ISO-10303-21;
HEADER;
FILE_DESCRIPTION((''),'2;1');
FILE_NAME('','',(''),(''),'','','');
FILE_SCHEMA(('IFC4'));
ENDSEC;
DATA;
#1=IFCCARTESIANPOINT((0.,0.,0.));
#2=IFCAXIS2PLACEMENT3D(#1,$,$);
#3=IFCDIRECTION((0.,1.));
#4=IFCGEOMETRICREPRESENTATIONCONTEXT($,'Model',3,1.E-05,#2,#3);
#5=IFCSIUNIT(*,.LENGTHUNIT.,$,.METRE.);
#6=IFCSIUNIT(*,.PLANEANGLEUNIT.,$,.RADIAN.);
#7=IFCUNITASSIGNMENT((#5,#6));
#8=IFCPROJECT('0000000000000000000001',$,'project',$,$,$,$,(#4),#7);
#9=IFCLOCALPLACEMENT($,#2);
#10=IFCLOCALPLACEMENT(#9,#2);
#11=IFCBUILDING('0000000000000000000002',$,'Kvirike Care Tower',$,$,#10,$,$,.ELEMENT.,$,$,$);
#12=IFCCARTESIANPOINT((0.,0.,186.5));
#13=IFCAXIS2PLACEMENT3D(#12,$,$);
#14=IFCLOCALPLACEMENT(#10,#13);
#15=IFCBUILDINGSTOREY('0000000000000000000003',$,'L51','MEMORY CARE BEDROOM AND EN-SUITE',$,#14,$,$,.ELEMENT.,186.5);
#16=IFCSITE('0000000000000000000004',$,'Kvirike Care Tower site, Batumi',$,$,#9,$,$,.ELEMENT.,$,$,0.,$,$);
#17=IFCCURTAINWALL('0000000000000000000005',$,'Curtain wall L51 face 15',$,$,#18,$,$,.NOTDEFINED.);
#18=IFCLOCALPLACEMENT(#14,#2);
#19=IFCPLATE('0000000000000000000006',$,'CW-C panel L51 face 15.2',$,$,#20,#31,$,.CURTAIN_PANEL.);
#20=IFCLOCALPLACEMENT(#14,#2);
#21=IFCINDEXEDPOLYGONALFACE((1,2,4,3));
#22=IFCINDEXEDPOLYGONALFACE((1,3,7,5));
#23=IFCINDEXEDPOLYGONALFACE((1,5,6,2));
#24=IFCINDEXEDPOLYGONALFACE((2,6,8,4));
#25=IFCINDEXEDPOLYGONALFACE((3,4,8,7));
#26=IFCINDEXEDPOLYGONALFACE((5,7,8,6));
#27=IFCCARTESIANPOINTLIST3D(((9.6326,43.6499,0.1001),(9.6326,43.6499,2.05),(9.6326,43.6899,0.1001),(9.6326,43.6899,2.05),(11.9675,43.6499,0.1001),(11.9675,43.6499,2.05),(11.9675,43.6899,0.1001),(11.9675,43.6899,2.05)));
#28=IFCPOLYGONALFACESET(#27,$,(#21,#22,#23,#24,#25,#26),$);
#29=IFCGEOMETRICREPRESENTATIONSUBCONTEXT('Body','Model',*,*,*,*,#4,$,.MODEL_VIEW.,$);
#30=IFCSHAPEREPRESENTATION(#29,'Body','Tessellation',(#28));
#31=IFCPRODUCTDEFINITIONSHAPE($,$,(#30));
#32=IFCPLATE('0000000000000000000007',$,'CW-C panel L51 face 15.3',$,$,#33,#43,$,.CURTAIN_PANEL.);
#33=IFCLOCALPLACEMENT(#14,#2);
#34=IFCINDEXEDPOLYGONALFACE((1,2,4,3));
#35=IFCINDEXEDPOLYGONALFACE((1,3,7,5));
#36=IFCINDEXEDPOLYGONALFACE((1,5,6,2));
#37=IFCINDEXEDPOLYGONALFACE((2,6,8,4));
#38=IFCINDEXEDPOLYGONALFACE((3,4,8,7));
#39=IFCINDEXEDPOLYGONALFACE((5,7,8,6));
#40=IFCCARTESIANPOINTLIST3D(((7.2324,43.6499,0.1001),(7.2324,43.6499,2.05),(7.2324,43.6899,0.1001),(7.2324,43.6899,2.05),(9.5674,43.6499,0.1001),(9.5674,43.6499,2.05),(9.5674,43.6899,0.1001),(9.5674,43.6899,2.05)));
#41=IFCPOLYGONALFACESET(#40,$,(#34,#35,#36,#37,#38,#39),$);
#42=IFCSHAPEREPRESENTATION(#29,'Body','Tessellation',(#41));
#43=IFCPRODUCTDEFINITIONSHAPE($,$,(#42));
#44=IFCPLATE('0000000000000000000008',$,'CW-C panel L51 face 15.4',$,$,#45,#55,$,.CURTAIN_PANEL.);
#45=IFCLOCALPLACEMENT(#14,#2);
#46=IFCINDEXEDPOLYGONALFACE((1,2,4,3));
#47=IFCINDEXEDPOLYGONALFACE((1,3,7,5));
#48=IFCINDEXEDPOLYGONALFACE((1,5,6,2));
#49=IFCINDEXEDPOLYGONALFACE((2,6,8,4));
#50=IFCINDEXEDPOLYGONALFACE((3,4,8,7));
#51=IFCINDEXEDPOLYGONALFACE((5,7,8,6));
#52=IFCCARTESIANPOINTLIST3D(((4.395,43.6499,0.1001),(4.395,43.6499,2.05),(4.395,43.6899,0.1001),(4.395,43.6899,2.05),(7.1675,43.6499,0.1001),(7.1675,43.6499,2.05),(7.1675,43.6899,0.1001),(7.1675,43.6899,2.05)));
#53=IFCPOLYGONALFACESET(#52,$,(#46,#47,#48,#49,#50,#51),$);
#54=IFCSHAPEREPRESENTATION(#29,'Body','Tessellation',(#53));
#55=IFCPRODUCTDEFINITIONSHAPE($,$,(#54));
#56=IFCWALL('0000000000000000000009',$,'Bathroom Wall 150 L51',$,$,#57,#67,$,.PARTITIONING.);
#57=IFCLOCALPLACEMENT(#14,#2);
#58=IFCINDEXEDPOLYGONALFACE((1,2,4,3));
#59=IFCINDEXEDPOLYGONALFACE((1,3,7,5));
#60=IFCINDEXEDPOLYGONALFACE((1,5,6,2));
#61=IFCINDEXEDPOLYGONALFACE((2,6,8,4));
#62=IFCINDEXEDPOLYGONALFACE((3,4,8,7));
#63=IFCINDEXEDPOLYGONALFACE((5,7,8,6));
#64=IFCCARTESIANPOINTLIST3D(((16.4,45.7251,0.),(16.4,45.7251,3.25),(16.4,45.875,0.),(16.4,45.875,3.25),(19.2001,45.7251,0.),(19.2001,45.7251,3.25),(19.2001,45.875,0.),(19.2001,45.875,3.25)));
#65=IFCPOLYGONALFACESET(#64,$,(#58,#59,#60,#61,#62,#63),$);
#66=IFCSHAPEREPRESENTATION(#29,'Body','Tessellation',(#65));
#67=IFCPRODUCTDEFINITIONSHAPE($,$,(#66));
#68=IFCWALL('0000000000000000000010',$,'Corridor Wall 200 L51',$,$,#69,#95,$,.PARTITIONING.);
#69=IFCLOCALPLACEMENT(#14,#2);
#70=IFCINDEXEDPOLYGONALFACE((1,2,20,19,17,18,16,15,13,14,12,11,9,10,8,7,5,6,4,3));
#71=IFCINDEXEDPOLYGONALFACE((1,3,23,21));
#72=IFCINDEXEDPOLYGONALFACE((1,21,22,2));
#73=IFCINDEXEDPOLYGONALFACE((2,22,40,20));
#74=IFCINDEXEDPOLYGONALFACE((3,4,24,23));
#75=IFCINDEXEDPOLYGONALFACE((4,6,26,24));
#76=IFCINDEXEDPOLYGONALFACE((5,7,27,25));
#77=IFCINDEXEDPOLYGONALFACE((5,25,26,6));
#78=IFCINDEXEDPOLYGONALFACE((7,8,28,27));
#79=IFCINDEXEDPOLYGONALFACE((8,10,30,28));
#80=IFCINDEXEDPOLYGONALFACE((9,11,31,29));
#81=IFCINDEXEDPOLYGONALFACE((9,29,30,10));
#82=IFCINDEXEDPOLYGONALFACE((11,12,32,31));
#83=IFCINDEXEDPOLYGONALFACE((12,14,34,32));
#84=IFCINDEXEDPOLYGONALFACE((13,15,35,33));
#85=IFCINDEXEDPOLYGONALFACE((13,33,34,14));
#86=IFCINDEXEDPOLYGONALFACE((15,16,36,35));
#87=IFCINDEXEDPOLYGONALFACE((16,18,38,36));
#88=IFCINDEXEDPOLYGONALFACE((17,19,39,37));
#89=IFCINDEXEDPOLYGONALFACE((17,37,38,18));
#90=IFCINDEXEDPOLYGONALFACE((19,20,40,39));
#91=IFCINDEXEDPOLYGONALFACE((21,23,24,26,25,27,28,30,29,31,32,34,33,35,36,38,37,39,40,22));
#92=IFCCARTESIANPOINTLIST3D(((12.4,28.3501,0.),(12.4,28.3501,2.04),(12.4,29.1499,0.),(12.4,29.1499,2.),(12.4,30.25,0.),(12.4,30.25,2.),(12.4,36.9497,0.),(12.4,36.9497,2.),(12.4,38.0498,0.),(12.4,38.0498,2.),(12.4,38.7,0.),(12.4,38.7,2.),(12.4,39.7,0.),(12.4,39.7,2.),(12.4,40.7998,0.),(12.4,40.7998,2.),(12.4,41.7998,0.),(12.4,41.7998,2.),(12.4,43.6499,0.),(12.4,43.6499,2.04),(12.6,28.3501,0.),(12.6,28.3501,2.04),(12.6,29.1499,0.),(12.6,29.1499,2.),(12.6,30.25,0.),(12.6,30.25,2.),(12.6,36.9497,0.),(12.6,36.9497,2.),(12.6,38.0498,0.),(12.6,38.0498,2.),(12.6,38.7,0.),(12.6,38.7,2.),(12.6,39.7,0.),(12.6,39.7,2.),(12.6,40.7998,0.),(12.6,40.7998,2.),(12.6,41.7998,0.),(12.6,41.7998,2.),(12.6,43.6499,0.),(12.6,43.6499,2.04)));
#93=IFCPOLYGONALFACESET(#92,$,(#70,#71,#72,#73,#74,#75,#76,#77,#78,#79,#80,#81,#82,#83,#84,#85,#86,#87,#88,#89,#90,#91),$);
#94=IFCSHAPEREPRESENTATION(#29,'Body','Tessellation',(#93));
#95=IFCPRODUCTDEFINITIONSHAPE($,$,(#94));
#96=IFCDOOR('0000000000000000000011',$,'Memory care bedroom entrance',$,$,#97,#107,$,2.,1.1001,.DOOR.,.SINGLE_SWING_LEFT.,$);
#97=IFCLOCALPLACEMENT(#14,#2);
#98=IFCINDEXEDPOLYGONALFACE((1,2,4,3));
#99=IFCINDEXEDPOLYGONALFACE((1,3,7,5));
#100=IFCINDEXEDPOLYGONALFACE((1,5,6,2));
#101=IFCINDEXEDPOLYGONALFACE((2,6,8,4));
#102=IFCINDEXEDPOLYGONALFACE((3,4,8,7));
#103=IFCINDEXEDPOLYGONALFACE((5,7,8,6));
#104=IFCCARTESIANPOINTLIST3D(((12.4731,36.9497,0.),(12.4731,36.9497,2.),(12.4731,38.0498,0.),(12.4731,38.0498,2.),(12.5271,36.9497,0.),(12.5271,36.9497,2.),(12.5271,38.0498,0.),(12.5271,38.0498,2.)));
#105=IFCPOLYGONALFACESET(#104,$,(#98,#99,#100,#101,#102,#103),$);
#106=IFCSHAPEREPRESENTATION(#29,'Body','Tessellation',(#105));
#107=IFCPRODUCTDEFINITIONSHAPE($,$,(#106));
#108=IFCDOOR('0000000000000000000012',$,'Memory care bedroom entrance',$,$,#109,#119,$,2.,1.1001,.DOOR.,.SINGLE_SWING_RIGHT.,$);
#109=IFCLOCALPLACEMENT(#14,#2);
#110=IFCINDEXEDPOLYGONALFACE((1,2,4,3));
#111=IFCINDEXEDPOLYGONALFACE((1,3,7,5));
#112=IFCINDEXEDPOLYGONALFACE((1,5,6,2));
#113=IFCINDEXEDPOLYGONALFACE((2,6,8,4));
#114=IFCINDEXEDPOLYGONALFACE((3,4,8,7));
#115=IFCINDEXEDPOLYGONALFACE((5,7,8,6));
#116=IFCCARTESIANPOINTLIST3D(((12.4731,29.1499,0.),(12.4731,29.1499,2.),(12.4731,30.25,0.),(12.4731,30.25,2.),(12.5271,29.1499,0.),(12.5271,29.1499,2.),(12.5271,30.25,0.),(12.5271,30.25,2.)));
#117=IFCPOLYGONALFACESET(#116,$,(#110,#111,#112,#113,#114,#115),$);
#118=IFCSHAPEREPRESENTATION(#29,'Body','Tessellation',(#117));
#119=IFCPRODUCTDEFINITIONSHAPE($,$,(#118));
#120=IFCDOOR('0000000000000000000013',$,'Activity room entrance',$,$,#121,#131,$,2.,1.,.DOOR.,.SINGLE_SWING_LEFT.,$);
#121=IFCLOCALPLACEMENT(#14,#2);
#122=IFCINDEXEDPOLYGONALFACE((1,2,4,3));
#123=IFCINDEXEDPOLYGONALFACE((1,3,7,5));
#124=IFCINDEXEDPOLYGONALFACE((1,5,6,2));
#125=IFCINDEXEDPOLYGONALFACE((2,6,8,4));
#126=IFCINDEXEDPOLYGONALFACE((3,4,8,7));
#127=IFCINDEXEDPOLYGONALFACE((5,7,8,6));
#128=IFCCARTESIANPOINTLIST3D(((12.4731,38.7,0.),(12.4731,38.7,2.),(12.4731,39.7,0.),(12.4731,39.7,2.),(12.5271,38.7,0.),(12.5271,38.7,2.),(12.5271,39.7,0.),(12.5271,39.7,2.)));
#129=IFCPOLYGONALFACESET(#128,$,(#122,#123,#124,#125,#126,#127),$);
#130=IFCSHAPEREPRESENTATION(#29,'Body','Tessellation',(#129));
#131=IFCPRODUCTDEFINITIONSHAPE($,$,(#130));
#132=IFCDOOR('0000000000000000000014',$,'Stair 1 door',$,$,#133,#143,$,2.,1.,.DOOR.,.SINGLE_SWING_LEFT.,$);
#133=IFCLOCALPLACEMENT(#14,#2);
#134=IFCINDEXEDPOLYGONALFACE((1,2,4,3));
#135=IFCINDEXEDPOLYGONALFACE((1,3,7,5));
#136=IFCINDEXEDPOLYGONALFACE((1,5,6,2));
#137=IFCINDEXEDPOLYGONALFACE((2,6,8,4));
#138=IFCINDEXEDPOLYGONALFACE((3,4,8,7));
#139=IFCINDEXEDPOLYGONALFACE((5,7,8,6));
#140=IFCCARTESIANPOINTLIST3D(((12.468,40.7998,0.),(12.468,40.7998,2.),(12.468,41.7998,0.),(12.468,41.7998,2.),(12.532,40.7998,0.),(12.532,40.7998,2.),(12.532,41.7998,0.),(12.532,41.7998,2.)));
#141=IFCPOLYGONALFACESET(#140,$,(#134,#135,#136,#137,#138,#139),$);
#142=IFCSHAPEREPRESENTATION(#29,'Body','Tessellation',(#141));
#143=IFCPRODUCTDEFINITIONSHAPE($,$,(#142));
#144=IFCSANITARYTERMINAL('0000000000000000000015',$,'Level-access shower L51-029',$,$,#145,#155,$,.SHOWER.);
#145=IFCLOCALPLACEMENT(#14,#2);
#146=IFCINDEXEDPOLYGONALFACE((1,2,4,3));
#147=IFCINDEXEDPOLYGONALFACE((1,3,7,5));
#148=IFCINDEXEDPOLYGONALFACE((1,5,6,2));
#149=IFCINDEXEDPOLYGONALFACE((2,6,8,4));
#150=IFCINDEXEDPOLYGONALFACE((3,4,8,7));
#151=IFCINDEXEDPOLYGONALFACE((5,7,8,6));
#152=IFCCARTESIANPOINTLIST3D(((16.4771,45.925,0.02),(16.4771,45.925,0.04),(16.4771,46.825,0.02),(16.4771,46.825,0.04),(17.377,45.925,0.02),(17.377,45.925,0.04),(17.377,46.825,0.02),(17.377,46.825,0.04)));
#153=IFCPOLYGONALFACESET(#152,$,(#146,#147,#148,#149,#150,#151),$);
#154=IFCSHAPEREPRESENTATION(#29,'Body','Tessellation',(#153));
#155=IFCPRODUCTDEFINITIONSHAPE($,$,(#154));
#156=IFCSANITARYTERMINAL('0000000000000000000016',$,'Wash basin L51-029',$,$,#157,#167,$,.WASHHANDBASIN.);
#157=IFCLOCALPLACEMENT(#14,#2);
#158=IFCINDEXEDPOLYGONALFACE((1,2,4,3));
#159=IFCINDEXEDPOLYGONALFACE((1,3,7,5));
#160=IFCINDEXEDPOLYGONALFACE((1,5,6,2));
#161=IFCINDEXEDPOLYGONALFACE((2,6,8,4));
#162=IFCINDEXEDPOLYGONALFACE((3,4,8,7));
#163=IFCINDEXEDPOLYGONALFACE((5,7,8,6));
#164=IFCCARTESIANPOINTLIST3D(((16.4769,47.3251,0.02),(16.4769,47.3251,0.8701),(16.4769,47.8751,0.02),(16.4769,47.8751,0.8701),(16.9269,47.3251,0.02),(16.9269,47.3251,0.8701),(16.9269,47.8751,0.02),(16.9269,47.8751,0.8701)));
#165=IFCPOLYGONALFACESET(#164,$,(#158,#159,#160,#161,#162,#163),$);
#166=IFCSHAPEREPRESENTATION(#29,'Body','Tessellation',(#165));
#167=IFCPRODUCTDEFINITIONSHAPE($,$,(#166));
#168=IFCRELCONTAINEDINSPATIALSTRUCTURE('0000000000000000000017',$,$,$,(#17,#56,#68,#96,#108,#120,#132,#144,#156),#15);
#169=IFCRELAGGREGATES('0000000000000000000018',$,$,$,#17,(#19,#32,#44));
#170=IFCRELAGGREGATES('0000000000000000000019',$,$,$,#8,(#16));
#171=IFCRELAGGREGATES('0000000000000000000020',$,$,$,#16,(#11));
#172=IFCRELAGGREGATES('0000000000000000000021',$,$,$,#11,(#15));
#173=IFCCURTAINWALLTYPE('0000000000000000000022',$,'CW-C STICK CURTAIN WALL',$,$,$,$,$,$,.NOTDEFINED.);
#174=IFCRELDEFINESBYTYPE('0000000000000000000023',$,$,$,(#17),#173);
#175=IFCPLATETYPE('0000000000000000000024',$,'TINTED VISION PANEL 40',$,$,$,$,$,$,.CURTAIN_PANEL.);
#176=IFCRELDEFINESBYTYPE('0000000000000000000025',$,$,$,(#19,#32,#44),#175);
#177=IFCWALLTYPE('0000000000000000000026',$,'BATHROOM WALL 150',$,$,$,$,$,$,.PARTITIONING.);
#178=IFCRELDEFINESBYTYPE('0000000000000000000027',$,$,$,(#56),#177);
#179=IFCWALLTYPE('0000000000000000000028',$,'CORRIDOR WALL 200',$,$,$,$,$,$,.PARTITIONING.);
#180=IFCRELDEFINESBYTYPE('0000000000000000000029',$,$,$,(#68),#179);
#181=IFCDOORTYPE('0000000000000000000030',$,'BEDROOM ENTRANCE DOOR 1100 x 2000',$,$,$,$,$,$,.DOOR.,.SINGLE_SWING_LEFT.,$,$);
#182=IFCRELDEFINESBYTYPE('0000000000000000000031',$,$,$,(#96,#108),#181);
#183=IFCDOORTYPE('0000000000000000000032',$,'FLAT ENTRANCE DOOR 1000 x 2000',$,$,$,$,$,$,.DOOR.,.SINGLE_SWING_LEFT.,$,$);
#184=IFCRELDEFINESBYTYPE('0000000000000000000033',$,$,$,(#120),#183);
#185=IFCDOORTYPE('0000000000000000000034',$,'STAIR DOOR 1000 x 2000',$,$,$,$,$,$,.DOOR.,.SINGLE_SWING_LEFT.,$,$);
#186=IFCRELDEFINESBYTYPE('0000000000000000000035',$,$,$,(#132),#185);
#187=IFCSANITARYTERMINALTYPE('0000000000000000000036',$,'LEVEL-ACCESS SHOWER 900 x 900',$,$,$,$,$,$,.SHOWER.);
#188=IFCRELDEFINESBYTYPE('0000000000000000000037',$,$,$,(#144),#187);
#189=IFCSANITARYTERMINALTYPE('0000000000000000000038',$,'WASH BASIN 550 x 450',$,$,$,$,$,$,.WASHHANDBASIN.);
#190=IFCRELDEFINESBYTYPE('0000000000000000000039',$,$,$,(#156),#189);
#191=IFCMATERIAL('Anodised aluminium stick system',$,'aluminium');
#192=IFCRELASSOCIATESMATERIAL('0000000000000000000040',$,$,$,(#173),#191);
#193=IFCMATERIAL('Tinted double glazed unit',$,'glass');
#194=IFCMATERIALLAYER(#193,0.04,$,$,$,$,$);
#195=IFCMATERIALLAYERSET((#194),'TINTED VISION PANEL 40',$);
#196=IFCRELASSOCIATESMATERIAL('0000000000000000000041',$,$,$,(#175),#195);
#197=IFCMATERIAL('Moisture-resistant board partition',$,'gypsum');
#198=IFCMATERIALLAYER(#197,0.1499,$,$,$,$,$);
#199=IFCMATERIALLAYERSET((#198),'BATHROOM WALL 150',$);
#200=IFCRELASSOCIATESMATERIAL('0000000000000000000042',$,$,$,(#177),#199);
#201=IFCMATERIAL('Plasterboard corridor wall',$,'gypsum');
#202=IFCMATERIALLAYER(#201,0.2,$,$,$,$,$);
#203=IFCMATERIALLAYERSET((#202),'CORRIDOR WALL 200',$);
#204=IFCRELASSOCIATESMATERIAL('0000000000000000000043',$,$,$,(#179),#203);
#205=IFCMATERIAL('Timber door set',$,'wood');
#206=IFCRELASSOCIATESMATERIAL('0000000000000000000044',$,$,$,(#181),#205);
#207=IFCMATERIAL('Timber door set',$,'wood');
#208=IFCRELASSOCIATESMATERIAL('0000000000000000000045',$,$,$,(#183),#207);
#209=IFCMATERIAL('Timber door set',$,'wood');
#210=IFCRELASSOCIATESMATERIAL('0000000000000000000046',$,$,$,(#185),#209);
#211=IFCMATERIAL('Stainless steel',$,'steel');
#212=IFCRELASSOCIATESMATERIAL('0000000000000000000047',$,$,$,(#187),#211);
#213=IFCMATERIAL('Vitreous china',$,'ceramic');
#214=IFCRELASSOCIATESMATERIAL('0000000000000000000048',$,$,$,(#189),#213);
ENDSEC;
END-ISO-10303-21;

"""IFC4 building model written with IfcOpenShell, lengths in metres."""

from ifc_helpers import new_model, si_unit, direction, frame, frame_2d, origin, origin_2d, place, context, subcontext, project, spatial, rectangle, extrude, material, layer, layer_set, type_object, element, fill, aggregate, save


model = new_model("IFC4")

# Units and contexts
model_context = context("Model", 3, precision=1e-05, world=origin(), true_north=direction((0.0, 1.0)))
body_context = subcontext(model_context, "Body", "Model", "MODEL_VIEW")
ifc_project = project(units=[si_unit("LENGTHUNIT", "METRE"), si_unit("PLANEANGLEUNIT", "RADIAN")], contexts=[model_context])

# Site, building, storey
site_placement = place(None, origin())
site = spatial("IfcSite", under=ifc_project, at=site_placement, Name="Kvirike Care Tower site, Batumi", CompositionType="ELEMENT", RefElevation=0.0)
building_placement = place(site_placement, origin())
building = spatial("IfcBuilding", under=site, at=building_placement, Name="Kvirike Care Tower", CompositionType="ELEMENT")
storey_placement = place(building_placement, frame((0.0, 0.0, 186.5)))
storey = spatial("IfcBuildingStorey", under=building, at=storey_placement, Name="L51", Description="MEMORY CARE BEDROOM AND EN-SUITE", CompositionType="ELEMENT", Elevation=186.5)

# Curtain wall
ifc_material_1 = material(Name="Anodised aluminium stick system", Category="aluminium")
curtain_wall_type = type_object("IfcCurtainWallType", Name="CW-C STICK CURTAIN WALL", PredefinedType="NOTDEFINED", material=ifc_material_1)
curtain_wall_1_placement = place(storey_placement, origin())
curtain_wall_1 = element("IfcCurtainWall", 1, at=curtain_wall_1_placement, inside=storey, type_object=curtain_wall_type, Name="Curtain wall L51 face 15", PredefinedType="NOTDEFINED")

# Plates
ifc_material_2 = material(Name="Tinted double glazed unit", Category="glass")
ifc_layer_1 = layer(ifc_material_2, 0.04)
ifc_layer_set_1 = layer_set([ifc_layer_1], Name="TINTED VISION PANEL 40")
plate_type = type_object("IfcPlateType", Name="TINTED VISION PANEL 40", PredefinedType="CURTAIN_PANEL", material=ifc_layer_set_1)
plate_1_placement = place(storey_placement, frame((10.8, 43.6699, 0.1001), z_axis=(0.0, 0.0, 1.0), x_axis=(-1.0, 0.0, 0.0)))
plate_1 = element("IfcPlate", 2, at=plate_1_placement, type_object=plate_type, Name="CW-C panel L51 face 15.2", PredefinedType="CURTAIN_PANEL", context=body_context, shape_type="SweptSolid", body=[
    extrude(rectangle(XDim=2.335, YDim=0.04, at=origin_2d()), origin(), (0.0, 0.0, 1.0), 1.95),
])
plate_2_placement = place(storey_placement, frame((8.3999, 43.6699, 0.1001), z_axis=(0.0, 0.0, 1.0), x_axis=(-1.0, 0.0, 0.0)))
plate_2 = element("IfcPlate", 3, at=plate_2_placement, type_object=plate_type, Name="CW-C panel L51 face 15.3", PredefinedType="CURTAIN_PANEL", context=body_context, shape_type="SweptSolid", body=[
    extrude(rectangle(XDim=2.335, YDim=0.04, at=origin_2d()), origin(), (0.0, 0.0, 1.0), 1.95),
])
plate_3_placement = place(storey_placement, frame((5.7812, 43.6699, 0.1001), z_axis=(0.0, 0.0, 1.0), x_axis=(-1.0, 0.0, 0.0)))
plate_3 = element("IfcPlate", 4, at=plate_3_placement, type_object=plate_type, Name="CW-C panel L51 face 15.4", PredefinedType="CURTAIN_PANEL", context=body_context, shape_type="SweptSolid", body=[
    extrude(rectangle(XDim=2.7725, YDim=0.04, at=origin_2d()), origin(), (0.0, 0.0, 1.0), 1.95),
])
aggregate(curtain_wall_1, [plate_1, plate_2, plate_3])

# Wall
ifc_material_3 = material(Name="Moisture-resistant board partition", Category="gypsum")
ifc_layer_2 = layer(ifc_material_3, 0.1499)
ifc_layer_set_2 = layer_set([ifc_layer_2], Name="BATHROOM WALL 150")
wall_type_1 = type_object("IfcWallType", Name="BATHROOM WALL 150", PredefinedType="PARTITIONING", material=ifc_layer_set_2)
wall_1_placement = place(storey_placement, frame((19.2, 45.8, 0.0), z_axis=(0.0, 0.0, 1.0), x_axis=(-1.0, 0.0, 0.0)))
element("IfcWall", 5, at=wall_1_placement, inside=storey, type_object=wall_type_1, Name="Bathroom Wall 150 L51", PredefinedType="PARTITIONING", context=body_context, shape_type="SweptSolid", body=[
    extrude(rectangle(XDim=2.8, YDim=0.1499, at=frame_2d((1.3999, 0.0))), origin(), (0.0, 0.0, 1.0), 3.25),
])

# Wall, openings, doors
ifc_material_4 = material(Name="Plasterboard corridor wall", Category="gypsum")
ifc_layer_3 = layer(ifc_material_4, 0.2)
ifc_layer_set_3 = layer_set([ifc_layer_3], Name="CORRIDOR WALL 200")
wall_type_2 = type_object("IfcWallType", Name="CORRIDOR WALL 200", PredefinedType="PARTITIONING", material=ifc_layer_set_3)
wall_2_placement = place(storey_placement, frame((12.5, 43.6499, 0.0), z_axis=(0.0, 0.0, 1.0), x_axis=(0.0, -1.0, 0.0)))
wall_2 = element("IfcWall", 6, at=wall_2_placement, inside=storey, type_object=wall_type_2, Name="Corridor Wall 200 L51", PredefinedType="PARTITIONING", context=body_context, shape_type="SweptSolid", body=[
    extrude(rectangle(XDim=15.2998, YDim=0.2, at=frame_2d((7.6499, 0.0))), origin(), (0.0, 0.0, 1.0), 2.04),
])
opening_1_placement = place(wall_2_placement, frame((1.8501, 0.0, 0.0)))
opening_1 = element("IfcOpeningElement", 7, at=opening_1_placement, cuts=wall_2, PredefinedType="OPENING", context=body_context, shape_type="SweptSolid", body=[
    extrude(rectangle(XDim=1.0, YDim=2.0, at=frame_2d((0.5, 1.0))), frame((0.0, 0.1106, 0.0), z_axis=(0.0, -1.0, 0.0), x_axis=(1.0, 0.0, 0.0)), (0.0, 0.0, 1.0), 0.2209),
])
opening_2_placement = place(wall_2_placement, frame((3.95, 0.0, 0.0)))
opening_2 = element("IfcOpeningElement", 8, at=opening_2_placement, cuts=wall_2, PredefinedType="OPENING", context=body_context, shape_type="SweptSolid", body=[
    extrude(rectangle(XDim=1.0, YDim=2.0, at=frame_2d((0.5, 1.0))), frame((0.0, 0.1106, 0.0), z_axis=(0.0, -1.0, 0.0), x_axis=(1.0, 0.0, 0.0)), (0.0, 0.0, 1.0), 0.2209),
])
opening_3_placement = place(wall_2_placement, frame((5.6001, 0.0, 0.0)))
opening_3 = element("IfcOpeningElement", 9, at=opening_3_placement, cuts=wall_2, PredefinedType="OPENING", context=body_context, shape_type="SweptSolid", body=[
    extrude(rectangle(XDim=1.1001, YDim=2.0, at=frame_2d((0.55, 1.0))), frame((0.0, 0.1106, 0.0), z_axis=(0.0, -1.0, 0.0), x_axis=(1.0, 0.0, 0.0)), (0.0, 0.0, 1.0), 0.2209),
])
opening_4_placement = place(wall_2_placement, frame((13.3999, 0.0, 0.0)))
opening_4 = element("IfcOpeningElement", 10, at=opening_4_placement, cuts=wall_2, PredefinedType="OPENING", context=body_context, shape_type="SweptSolid", body=[
    extrude(rectangle(XDim=1.1001, YDim=2.0, at=frame_2d((0.55, 1.0))), frame((0.0, 0.1106, 0.0), z_axis=(0.0, -1.0, 0.0), x_axis=(1.0, 0.0, 0.0)), (0.0, 0.0, 1.0), 0.2209),
])
ifc_material_5 = material(Name="Timber door set", Category="wood")
door_type_1 = type_object("IfcDoorType", Name="BEDROOM ENTRANCE DOOR 1100 x 2000", OperationType="SINGLE_SWING_LEFT", PredefinedType="DOOR", material=ifc_material_5)
door_1_placement = place(opening_3_placement, frame((1.1001, 0.0, 0.0), z_axis=(0.0, 0.0, 1.0), x_axis=(-1.0, 0.0, 0.0)))
door_1 = element("IfcDoor", 11, at=door_1_placement, inside=storey, type_object=door_type_1, Name="Memory care bedroom entrance", OperationType="SINGLE_SWING_LEFT", OverallHeight=2.0, OverallWidth=1.1001, PredefinedType="DOOR", context=body_context, shape_type="SweptSolid", body=[
    extrude(rectangle(XDim=1.1001, YDim=2.0, at=frame_2d((0.55, 1.0))), frame((0.0, 0.0269, 0.0), z_axis=(0.0, -1.0, 0.0), x_axis=(1.0, 0.0, 0.0)), (0.0, 0.0, 1.0), 0.054),
])
fill(opening_3, door_1)
door_2_placement = place(opening_4_placement, frame((1.1001, 0.0, 0.0), z_axis=(0.0, 0.0, 1.0), x_axis=(-1.0, 0.0, 0.0)))
door_2 = element("IfcDoor", 12, at=door_2_placement, inside=storey, type_object=door_type_1, Name="Memory care bedroom entrance", OperationType="SINGLE_SWING_RIGHT", OverallHeight=2.0, OverallWidth=1.1001, PredefinedType="DOOR", context=body_context, shape_type="SweptSolid", body=[
    extrude(rectangle(XDim=1.1001, YDim=2.0, at=frame_2d((0.55, 1.0))), frame((0.0, 0.0269, 0.0), z_axis=(0.0, -1.0, 0.0), x_axis=(1.0, 0.0, 0.0)), (0.0, 0.0, 1.0), 0.054),
])
fill(opening_4, door_2)
ifc_material_6 = material(Name="Timber door set", Category="wood")
door_type_2 = type_object("IfcDoorType", Name="FLAT ENTRANCE DOOR 1000 x 2000", OperationType="SINGLE_SWING_LEFT", PredefinedType="DOOR", material=ifc_material_6)
door_3_placement = place(opening_2_placement, frame((1.0, 0.0, 0.0), z_axis=(0.0, 0.0, 1.0), x_axis=(-1.0, 0.0, 0.0)))
door_3 = element("IfcDoor", 13, at=door_3_placement, inside=storey, type_object=door_type_2, Name="Activity room entrance", OperationType="SINGLE_SWING_LEFT", OverallHeight=2.0, OverallWidth=1.0, PredefinedType="DOOR", context=body_context, shape_type="SweptSolid", body=[
    extrude(rectangle(XDim=1.0, YDim=2.0, at=frame_2d((0.5, 1.0))), frame((0.0, 0.0269, 0.0), z_axis=(0.0, -1.0, 0.0), x_axis=(1.0, 0.0, 0.0)), (0.0, 0.0, 1.0), 0.054),
])
fill(opening_2, door_3)
ifc_material_7 = material(Name="Timber door set", Category="wood")
door_type_3 = type_object("IfcDoorType", Name="STAIR DOOR 1000 x 2000", OperationType="SINGLE_SWING_LEFT", PredefinedType="DOOR", material=ifc_material_7)
door_4_placement = place(opening_1_placement, frame((1.0, 0.0, 0.0), z_axis=(0.0, 0.0, 1.0), x_axis=(-1.0, 0.0, 0.0)))
door_4 = element("IfcDoor", 14, at=door_4_placement, inside=storey, type_object=door_type_3, Name="Stair 1 door", OperationType="SINGLE_SWING_LEFT", OverallHeight=2.0, OverallWidth=1.0, PredefinedType="DOOR", context=body_context, shape_type="SweptSolid", body=[
    extrude(rectangle(XDim=1.0, YDim=2.0, at=frame_2d((0.5, 1.0))), frame((0.0, 0.032, 0.0), z_axis=(0.0, -1.0, 0.0), x_axis=(1.0, 0.0, 0.0)), (0.0, 0.0, 1.0), 0.064),
])
fill(opening_1, door_4)

# Sanitary terminals
ifc_material_8 = material(Name="Stainless steel", Category="steel")
sanitary_terminal_type_1 = type_object("IfcSanitaryTerminalType", Name="LEVEL-ACCESS SHOWER 900 x 900", PredefinedType="SHOWER", material=ifc_material_8)
sanitary_terminal_1_placement = place(storey_placement, frame((16.927, 46.375, 0.02), z_axis=(0.0, 0.0, 1.0), x_axis=(0.0, 1.0, 0.0)))
element("IfcSanitaryTerminal", 15, at=sanitary_terminal_1_placement, inside=storey, type_object=sanitary_terminal_type_1, Name="Level-access shower L51-029", PredefinedType="SHOWER", context=body_context, shape_type="SweptSolid", body=[
    extrude(rectangle(XDim=0.8999, YDim=0.8999, at=origin_2d()), origin(), (0.0, 0.0, 1.0), 0.02),
])
ifc_material_9 = material(Name="Vitreous china", Category="ceramic")
sanitary_terminal_type_2 = type_object("IfcSanitaryTerminalType", Name="WASH BASIN 550 x 450", PredefinedType="WASHHANDBASIN", material=ifc_material_9)
sanitary_terminal_2_placement = place(storey_placement, frame((16.7019, 47.6001, 0.02), z_axis=(0.0, 0.0, 1.0), x_axis=(0.0, 1.0, 0.0)))
element("IfcSanitaryTerminal", 16, at=sanitary_terminal_2_placement, inside=storey, type_object=sanitary_terminal_type_2, Name="Wash basin L51-029", PredefinedType="WASHHANDBASIN", context=body_context, shape_type="SweptSolid", body=[
    extrude(rectangle(XDim=0.55, YDim=0.45, at=origin_2d()), origin(), (0.0, 0.0, 1.0), 0.8501),
])

save(model, "model.ifc")
